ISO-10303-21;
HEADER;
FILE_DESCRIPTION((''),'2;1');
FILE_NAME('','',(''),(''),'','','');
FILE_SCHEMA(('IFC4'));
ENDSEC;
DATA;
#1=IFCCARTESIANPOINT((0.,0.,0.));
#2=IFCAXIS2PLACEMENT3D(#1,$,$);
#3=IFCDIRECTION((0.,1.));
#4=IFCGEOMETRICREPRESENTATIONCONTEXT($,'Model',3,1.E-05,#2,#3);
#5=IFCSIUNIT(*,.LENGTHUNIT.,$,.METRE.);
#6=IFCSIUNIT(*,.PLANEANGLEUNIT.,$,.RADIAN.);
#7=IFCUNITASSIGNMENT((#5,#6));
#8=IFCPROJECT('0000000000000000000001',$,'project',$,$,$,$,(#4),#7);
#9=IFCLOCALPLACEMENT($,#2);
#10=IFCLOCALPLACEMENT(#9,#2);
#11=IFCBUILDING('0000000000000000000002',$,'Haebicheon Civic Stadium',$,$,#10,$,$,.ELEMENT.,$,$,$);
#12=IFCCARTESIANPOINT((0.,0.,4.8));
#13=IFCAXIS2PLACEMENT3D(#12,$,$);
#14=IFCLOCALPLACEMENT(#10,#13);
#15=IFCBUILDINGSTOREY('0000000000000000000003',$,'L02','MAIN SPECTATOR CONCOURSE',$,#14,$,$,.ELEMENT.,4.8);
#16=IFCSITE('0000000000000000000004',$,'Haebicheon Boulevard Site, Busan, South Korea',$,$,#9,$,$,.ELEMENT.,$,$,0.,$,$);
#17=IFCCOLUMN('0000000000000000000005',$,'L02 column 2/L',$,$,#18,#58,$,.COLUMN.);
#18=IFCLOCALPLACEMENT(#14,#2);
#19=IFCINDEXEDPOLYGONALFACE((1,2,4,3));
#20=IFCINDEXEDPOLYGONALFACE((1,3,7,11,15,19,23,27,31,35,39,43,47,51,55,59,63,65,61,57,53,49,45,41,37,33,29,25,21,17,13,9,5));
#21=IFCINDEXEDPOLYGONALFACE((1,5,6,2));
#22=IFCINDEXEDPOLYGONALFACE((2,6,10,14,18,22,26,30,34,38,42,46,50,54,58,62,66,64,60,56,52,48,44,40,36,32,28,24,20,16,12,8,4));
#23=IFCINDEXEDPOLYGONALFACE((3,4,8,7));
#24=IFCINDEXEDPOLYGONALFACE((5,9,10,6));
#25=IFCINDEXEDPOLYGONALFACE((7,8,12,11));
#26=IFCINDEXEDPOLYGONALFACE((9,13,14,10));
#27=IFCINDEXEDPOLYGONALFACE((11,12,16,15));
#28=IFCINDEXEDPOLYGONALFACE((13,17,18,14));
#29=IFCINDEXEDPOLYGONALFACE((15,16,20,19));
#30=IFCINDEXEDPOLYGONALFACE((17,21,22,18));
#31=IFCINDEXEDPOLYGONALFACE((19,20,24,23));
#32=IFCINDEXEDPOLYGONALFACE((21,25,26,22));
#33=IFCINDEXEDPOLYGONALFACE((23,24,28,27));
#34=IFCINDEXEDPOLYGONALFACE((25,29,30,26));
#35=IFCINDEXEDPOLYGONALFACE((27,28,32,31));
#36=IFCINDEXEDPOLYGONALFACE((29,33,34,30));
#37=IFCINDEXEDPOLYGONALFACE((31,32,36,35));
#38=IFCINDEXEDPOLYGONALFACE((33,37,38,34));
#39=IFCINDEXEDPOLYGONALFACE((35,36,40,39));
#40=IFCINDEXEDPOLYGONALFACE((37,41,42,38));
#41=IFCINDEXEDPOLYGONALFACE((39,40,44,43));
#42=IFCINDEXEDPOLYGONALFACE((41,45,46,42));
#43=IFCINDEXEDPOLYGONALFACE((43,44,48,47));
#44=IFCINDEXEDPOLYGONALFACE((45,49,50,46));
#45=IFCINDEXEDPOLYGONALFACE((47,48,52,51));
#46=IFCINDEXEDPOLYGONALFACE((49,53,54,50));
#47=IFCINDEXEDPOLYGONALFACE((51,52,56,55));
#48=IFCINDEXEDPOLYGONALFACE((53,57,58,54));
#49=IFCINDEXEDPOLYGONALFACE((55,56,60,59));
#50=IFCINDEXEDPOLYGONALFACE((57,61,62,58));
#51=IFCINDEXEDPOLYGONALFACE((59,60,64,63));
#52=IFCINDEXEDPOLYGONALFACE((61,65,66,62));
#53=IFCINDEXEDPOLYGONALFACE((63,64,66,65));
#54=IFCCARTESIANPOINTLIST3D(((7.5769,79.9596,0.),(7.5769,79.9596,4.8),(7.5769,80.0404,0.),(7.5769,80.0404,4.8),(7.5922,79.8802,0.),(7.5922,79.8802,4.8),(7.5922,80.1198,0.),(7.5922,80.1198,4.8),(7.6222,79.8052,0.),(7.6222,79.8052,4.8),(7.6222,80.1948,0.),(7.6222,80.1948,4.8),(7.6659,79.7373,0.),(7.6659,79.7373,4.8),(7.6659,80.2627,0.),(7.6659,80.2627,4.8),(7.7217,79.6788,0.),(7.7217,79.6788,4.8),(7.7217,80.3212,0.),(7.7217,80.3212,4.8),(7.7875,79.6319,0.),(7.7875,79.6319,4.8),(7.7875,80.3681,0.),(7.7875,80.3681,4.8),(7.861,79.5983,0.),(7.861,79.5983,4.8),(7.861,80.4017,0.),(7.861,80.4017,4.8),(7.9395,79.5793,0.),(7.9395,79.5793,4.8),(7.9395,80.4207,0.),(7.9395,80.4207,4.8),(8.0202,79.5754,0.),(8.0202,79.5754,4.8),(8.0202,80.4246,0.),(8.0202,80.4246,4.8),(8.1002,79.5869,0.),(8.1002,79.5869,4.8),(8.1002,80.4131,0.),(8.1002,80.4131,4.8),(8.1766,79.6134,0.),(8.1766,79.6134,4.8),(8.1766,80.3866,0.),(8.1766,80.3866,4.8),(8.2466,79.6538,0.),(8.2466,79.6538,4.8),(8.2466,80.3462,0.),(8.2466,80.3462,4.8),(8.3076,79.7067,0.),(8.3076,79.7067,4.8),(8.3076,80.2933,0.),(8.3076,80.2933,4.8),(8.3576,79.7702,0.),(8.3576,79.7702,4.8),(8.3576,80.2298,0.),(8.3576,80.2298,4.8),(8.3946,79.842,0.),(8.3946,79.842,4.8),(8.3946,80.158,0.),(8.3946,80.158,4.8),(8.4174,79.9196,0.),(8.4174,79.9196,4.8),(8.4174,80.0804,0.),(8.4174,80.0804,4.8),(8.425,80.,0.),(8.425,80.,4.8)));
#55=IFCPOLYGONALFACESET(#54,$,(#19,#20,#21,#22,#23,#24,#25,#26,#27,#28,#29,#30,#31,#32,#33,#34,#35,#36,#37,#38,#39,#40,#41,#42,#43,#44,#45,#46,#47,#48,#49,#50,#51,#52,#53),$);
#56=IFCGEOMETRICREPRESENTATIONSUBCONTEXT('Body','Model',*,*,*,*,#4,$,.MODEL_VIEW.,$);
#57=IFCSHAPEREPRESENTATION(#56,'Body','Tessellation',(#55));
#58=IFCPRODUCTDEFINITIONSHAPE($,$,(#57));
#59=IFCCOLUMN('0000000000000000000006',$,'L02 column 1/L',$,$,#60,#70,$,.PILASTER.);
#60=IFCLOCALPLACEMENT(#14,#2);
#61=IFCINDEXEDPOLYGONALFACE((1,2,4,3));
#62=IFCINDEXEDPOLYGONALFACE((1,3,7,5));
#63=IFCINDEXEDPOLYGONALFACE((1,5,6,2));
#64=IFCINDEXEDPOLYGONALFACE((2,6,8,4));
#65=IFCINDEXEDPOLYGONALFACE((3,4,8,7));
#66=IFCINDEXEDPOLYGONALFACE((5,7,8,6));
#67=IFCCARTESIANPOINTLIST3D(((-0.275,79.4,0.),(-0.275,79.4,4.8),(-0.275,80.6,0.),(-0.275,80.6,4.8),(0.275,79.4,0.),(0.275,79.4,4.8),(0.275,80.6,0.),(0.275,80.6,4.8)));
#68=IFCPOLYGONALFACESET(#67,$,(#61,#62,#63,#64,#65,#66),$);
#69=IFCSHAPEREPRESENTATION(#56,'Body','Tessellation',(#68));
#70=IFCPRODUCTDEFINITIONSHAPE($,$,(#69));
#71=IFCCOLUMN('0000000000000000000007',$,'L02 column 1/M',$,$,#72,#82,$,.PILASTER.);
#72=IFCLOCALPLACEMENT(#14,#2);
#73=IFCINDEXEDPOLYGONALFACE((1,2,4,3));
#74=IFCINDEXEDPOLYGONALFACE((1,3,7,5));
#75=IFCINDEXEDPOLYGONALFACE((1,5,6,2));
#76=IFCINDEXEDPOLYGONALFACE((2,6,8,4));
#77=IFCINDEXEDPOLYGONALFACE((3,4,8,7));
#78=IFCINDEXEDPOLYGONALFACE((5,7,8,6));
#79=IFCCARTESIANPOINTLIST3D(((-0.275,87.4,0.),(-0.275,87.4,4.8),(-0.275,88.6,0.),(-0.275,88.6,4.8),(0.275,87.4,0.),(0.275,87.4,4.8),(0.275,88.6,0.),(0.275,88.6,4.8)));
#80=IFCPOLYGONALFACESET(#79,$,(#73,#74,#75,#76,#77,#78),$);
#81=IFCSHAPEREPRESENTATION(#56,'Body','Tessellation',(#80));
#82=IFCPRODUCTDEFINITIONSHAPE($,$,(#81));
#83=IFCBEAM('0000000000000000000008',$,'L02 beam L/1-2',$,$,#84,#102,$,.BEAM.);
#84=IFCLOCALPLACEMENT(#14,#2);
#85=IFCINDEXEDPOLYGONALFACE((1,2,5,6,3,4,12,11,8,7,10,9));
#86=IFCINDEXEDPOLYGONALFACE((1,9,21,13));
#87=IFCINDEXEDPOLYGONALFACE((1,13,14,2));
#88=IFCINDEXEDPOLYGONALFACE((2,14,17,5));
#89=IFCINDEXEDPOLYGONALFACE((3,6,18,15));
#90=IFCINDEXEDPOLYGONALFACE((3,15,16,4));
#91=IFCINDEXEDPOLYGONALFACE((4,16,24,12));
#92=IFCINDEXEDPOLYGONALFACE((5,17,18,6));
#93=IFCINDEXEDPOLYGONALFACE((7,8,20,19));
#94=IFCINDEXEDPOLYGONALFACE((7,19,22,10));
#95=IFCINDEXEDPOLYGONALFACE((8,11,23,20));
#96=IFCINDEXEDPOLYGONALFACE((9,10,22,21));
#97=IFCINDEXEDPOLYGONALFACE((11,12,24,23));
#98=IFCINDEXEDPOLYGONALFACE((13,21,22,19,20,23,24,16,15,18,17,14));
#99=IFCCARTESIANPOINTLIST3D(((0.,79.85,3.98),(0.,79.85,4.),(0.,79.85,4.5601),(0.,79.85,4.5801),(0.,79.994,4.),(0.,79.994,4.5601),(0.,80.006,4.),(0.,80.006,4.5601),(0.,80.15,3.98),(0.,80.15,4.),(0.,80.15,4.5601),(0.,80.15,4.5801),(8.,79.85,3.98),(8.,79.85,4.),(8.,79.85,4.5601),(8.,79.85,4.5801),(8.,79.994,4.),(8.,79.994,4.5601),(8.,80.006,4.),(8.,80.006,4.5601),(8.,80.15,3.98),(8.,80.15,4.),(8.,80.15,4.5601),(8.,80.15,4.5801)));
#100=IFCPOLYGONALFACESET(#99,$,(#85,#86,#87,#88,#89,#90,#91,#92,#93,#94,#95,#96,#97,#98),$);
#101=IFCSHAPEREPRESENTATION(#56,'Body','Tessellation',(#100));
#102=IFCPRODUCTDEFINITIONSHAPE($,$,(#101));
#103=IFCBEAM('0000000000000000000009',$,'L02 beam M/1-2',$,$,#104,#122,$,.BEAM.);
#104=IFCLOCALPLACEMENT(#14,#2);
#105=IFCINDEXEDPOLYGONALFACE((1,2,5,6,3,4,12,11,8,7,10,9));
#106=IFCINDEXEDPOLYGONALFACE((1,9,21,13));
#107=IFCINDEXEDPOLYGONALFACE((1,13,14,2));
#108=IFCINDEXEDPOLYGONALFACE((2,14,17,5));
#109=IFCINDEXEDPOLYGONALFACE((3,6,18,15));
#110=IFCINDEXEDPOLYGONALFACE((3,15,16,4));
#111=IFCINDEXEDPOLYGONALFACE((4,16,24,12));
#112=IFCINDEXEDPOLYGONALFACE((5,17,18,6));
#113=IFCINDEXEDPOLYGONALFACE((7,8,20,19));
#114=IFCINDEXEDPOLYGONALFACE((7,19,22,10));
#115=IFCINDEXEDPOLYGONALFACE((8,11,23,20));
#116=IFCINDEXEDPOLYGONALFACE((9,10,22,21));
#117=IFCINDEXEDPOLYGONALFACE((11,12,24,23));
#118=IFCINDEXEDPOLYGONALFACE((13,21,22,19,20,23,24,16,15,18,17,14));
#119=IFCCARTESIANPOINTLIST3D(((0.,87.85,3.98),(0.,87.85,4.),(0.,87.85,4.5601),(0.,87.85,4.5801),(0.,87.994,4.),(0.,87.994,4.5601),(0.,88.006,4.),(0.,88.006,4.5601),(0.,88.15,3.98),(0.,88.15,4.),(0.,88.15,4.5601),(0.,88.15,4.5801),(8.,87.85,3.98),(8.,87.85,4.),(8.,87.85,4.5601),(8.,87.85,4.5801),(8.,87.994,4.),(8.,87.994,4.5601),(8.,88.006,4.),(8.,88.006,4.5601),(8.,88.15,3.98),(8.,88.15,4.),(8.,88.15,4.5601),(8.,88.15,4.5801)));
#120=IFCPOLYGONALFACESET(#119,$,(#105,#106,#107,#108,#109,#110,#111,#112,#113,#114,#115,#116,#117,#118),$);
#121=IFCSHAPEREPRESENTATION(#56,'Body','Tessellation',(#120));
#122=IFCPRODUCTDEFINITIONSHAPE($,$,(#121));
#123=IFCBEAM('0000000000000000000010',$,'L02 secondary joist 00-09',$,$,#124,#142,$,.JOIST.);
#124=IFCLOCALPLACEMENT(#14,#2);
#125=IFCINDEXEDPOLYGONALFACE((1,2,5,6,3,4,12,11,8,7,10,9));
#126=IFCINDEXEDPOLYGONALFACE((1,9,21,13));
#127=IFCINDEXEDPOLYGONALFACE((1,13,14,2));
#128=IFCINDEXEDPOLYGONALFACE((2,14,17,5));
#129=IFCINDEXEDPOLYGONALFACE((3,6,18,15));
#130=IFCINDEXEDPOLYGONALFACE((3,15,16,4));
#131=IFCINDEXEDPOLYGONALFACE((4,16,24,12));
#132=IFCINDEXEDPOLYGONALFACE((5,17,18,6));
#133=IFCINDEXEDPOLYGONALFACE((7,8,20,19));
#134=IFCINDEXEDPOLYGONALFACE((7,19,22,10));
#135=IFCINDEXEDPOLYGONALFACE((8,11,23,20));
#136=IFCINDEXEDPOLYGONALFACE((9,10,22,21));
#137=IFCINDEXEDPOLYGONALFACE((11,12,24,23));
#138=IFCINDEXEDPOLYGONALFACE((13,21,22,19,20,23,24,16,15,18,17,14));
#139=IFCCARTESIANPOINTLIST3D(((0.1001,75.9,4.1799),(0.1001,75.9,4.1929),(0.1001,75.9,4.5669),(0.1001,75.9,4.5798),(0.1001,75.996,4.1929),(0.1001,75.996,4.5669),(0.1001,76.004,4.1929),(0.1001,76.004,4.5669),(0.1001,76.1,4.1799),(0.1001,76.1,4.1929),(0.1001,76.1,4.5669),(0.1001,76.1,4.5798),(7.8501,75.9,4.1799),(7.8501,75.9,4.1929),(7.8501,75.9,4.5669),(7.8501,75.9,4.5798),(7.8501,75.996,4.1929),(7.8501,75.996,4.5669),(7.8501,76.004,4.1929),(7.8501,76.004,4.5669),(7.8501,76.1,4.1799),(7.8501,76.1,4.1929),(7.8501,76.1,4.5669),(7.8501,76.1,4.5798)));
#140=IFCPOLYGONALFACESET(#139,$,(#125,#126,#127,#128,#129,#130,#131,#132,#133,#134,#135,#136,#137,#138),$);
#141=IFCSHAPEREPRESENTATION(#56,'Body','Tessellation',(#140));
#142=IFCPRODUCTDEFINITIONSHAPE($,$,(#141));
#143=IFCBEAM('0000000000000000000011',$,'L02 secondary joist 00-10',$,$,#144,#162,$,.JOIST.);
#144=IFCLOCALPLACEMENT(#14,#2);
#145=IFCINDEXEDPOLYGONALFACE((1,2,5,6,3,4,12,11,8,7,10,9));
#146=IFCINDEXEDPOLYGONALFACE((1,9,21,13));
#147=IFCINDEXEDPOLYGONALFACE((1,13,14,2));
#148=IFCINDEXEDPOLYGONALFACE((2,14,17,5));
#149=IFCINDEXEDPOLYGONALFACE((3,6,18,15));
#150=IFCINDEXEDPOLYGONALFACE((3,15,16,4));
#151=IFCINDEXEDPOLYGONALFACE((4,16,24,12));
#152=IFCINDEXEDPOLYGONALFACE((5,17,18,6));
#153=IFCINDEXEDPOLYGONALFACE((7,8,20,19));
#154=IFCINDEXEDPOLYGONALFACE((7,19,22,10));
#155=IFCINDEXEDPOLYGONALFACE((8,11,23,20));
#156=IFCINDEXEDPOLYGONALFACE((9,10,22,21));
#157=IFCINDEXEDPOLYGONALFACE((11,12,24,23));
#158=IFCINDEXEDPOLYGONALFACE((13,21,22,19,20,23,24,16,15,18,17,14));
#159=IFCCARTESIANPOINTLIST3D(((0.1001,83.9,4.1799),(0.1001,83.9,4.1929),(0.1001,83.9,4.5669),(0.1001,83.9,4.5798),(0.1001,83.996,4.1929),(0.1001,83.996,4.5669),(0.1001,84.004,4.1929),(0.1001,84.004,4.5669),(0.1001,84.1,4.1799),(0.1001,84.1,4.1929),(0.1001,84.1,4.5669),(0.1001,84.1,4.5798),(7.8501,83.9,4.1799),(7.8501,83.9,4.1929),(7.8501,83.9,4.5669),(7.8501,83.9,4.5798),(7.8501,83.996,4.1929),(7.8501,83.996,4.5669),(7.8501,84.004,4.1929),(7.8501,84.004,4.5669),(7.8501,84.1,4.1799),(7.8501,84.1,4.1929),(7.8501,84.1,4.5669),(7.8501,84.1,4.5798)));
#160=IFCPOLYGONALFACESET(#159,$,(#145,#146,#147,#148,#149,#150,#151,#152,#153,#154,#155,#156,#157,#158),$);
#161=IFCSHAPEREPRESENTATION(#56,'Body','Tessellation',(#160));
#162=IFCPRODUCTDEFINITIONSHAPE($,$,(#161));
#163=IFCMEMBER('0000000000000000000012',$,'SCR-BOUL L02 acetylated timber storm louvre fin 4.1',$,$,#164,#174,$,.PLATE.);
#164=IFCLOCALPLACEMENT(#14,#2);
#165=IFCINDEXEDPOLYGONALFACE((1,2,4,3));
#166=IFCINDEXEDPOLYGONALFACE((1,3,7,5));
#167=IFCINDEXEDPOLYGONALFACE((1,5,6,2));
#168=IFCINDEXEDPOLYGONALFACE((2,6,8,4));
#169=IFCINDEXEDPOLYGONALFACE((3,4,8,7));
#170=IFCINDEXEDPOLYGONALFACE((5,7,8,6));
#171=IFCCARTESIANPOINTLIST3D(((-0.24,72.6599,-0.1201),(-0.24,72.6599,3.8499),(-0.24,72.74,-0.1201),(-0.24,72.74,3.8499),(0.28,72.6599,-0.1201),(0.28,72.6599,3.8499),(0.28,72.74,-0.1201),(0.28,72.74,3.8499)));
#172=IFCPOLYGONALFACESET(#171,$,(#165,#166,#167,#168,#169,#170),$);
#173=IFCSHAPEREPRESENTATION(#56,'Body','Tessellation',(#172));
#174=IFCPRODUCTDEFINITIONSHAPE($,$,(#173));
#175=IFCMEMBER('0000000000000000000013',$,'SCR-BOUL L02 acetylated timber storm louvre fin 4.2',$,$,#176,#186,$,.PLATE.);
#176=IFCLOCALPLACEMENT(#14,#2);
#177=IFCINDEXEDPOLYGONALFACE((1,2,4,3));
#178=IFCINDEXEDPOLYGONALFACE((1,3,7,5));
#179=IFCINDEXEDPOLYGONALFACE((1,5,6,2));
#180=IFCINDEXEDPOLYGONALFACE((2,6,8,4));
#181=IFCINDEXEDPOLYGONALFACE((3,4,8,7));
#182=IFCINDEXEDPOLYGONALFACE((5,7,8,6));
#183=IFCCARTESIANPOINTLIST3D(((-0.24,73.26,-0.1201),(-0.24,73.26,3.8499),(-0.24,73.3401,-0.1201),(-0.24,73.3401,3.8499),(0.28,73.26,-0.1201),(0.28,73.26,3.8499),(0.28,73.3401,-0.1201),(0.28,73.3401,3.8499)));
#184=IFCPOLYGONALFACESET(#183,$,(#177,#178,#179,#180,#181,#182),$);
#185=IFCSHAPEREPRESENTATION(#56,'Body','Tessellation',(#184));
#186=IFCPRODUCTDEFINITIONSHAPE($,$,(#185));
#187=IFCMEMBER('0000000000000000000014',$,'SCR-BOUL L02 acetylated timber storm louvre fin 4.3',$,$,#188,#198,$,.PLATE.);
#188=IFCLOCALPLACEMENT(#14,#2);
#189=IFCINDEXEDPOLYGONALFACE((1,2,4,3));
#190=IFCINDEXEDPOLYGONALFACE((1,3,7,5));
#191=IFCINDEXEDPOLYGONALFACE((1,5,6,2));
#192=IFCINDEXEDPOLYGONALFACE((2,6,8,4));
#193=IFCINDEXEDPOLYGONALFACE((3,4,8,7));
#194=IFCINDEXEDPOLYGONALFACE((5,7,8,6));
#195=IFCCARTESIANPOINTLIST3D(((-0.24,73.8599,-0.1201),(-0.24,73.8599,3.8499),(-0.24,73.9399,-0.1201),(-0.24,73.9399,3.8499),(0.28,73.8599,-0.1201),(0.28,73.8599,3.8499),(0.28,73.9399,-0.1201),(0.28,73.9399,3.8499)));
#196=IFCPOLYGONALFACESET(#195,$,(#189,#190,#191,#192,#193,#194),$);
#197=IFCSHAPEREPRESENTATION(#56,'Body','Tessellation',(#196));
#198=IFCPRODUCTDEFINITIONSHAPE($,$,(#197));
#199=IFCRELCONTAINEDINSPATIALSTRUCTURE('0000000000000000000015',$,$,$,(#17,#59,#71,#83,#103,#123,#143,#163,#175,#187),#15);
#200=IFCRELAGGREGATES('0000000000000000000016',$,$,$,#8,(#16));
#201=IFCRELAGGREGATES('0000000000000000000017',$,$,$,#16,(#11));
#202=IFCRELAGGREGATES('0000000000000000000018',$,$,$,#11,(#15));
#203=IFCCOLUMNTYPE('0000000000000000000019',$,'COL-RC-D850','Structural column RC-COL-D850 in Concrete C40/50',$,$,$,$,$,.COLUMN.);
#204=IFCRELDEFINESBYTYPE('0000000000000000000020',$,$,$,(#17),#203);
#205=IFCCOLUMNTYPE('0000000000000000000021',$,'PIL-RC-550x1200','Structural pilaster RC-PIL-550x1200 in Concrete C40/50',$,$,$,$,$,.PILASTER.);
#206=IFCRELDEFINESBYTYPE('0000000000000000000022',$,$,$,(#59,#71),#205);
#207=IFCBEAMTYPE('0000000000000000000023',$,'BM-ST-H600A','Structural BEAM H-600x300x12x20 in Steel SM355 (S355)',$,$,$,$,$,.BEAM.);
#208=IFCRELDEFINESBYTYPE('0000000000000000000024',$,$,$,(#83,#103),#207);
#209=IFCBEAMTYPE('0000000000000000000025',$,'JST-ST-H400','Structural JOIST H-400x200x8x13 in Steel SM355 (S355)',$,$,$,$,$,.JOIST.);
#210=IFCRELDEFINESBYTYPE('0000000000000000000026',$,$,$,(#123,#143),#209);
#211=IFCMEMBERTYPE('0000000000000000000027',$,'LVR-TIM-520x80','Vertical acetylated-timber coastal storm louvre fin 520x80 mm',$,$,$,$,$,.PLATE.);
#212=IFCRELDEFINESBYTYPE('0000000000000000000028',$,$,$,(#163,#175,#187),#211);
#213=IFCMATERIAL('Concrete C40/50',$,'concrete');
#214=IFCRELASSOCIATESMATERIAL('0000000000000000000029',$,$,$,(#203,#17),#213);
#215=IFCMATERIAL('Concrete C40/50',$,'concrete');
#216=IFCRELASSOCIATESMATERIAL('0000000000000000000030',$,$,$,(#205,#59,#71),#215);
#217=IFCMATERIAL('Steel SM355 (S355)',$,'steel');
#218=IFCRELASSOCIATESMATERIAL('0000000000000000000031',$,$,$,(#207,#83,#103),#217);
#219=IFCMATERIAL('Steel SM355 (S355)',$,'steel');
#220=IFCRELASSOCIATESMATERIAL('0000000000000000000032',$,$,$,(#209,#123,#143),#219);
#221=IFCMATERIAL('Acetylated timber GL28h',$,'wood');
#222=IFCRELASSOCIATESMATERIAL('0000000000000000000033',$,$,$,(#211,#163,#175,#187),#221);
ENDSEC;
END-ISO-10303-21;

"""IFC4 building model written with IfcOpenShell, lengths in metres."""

from ifc_helpers import new_model, si_unit, direction, frame, origin, origin_2d, place, context, subcontext, project, spatial, rectangle, circle, i_section, extrude, material, material_profile, profile_set, type_object, element, save


model = new_model("IFC4")

# Units and contexts
model_context = context("Model", 3, precision=1e-05, world=origin(), true_north=direction((0.0, 1.0)))
body_context = subcontext(model_context, "Body", "Model", "MODEL_VIEW")
ifc_project = project(units=[si_unit("LENGTHUNIT", "METRE"), si_unit("PLANEANGLEUNIT", "RADIAN")], contexts=[model_context])

# Site, building, storey
site_placement = place(None, origin())
site = spatial("IfcSite", under=ifc_project, at=site_placement, Name="Haebicheon Boulevard Site, Busan, South Korea", CompositionType="ELEMENT", RefElevation=0.0)
building_placement = place(site_placement, origin())
building = spatial("IfcBuilding", under=site, at=building_placement, Name="Haebicheon Civic Stadium", CompositionType="ELEMENT")
storey_placement = place(building_placement, frame((0.0, 0.0, 4.8)))
storey = spatial("IfcBuildingStorey", under=building, at=storey_placement, Name="L02", Description="MAIN SPECTATOR CONCOURSE", CompositionType="ELEMENT", Elevation=4.8)

# Columns
ifc_material_1 = material(Name="Concrete C40/50", Category="concrete")
ifc_material_profile_1 = material_profile(ifc_material_1, circle(Radius=0.425, at=origin_2d()), Name="RC-COL-D850")
ifc_profile_set_1 = profile_set([ifc_material_profile_1], Name="Concrete C40/50")
column_type_1 = type_object("IfcColumnType", Name="COL-RC-D850", Description="Structural column RC-COL-D850 in Concrete C40/50", PredefinedType="COLUMN", material=ifc_profile_set_1)
column_placement = place(storey_placement, frame((8.0, 80.0, 0.0), z_axis=(0.0, 0.0, 1.0), x_axis=(1.0, 0.0, 0.0)))
element("IfcColumn", 1, at=column_placement, inside=storey, type_object=column_type_1, material=ifc_profile_set_1, Name="L02 column 2/L", PredefinedType="COLUMN", context=body_context, shape_type="SweptSolid", body=[
    extrude(circle(Radius=0.425, at=origin_2d()), origin(), (0.0, 0.0, 1.0), 4.8),
])
ifc_material_2 = material(Name="Concrete C40/50", Category="concrete")
ifc_material_profile_2 = material_profile(ifc_material_2, rectangle(XDim=0.55, YDim=1.2, at=origin_2d()), Name="RC-PIL-550x1200")
ifc_profile_set_2 = profile_set([ifc_material_profile_2], Name="Concrete C40/50")
column_type_2 = type_object("IfcColumnType", Name="PIL-RC-550x1200", Description="Structural pilaster RC-PIL-550x1200 in Concrete C40/50", PredefinedType="PILASTER", material=ifc_profile_set_2)
for number, where, z_axis, x_axis, name in (
    (2, (0.0, 80.0, 0.0), (0.0, 0.0, 1.0), (1.0, 0.0, 0.0), "L02 column 1/L"),
    (3, (0.0, 88.0, 0.0), (0.0, 0.0, 1.0), (1.0, 0.0, 0.0), "L02 column 1/M"),
):
    element("IfcColumn", number, at=place(storey_placement, frame(where, z_axis=z_axis, x_axis=x_axis)), inside=storey, type_object=column_type_2, material=ifc_profile_set_2, Name=name, PredefinedType="PILASTER", context=body_context, shape_type="SweptSolid", body=[
        extrude(rectangle(XDim=0.55, YDim=1.2, at=origin_2d()), origin(), (0.0, 0.0, 1.0), 4.8),
    ])

# Beams
ifc_material_3 = material(Name="Steel SM355 (S355)", Category="steel")
ifc_material_profile_3 = material_profile(ifc_material_3, i_section(OverallWidth=0.3, OverallDepth=0.6001, WebThickness=0.012, FlangeThickness=0.02, at=origin_2d()), Name="H-600x300x12x20")
ifc_profile_set_3 = profile_set([ifc_material_profile_3], Name="Steel SM355 (S355)")
beam_type_1 = type_object("IfcBeamType", Name="BM-ST-H600A", Description="Structural BEAM H-600x300x12x20 in Steel SM355 (S355)", PredefinedType="BEAM", material=ifc_profile_set_3)
for number, where, z_axis, x_axis, name in (
    (4, (0.0, 80.0, 4.28), (1.0, 0.0, 0.0), (0.0, 1.0, 0.0), "L02 beam L/1-2"),
    (5, (0.0, 88.0, 4.28), (1.0, 0.0, 0.0), (0.0, 1.0, 0.0), "L02 beam M/1-2"),
):
    element("IfcBeam", number, at=place(storey_placement, frame(where, z_axis=z_axis, x_axis=x_axis)), inside=storey, type_object=beam_type_1, material=ifc_profile_set_3, Name=name, PredefinedType="BEAM", context=body_context, shape_type="SweptSolid", body=[
        extrude(i_section(OverallWidth=0.3, OverallDepth=0.6001, WebThickness=0.012, FlangeThickness=0.02, at=origin_2d()), origin(), (0.0, 0.0, 1.0), 8.0),
    ])
ifc_material_4 = material(Name="Steel SM355 (S355)", Category="steel")
ifc_material_profile_4 = material_profile(ifc_material_4, i_section(OverallWidth=0.2, OverallDepth=0.3999, WebThickness=0.0081, FlangeThickness=0.0129, at=origin_2d()), Name="H-400x200x8x13")
ifc_profile_set_4 = profile_set([ifc_material_profile_4], Name="Steel SM355 (S355)")
beam_type_2 = type_object("IfcBeamType", Name="JST-ST-H400", Description="Structural JOIST H-400x200x8x13 in Steel SM355 (S355)", PredefinedType="JOIST", material=ifc_profile_set_4)
for number, where, z_axis, x_axis, name in (
    (6, (0.1001, 76.0, 4.3799), (1.0, 0.0, 0.0), (0.0, 1.0, 0.0), "L02 secondary joist 00-09"),
    (7, (0.1001, 84.0, 4.3799), (1.0, 0.0, 0.0), (0.0, 1.0, 0.0), "L02 secondary joist 00-10"),
):
    element("IfcBeam", number, at=place(storey_placement, frame(where, z_axis=z_axis, x_axis=x_axis)), inside=storey, type_object=beam_type_2, material=ifc_profile_set_4, Name=name, PredefinedType="JOIST", context=body_context, shape_type="SweptSolid", body=[
        extrude(i_section(OverallWidth=0.2, OverallDepth=0.3999, WebThickness=0.0081, FlangeThickness=0.0129, at=origin_2d()), origin(), (0.0, 0.0, 1.0), 7.75),
    ])

# Members
ifc_material_5 = material(Name="Acetylated timber GL28h", Category="wood")
ifc_material_profile_5 = material_profile(ifc_material_5, rectangle(XDim=0.0801, YDim=0.52, at=origin_2d()), Name="TMB-LOUV-80x520")
ifc_profile_set_5 = profile_set([ifc_material_profile_5], Name="Acetylated timber GL28h")
member_type_1 = type_object("IfcMemberType", Name="LVR-TIM-520x80", Description="Vertical acetylated-timber coastal storm louvre fin 520x80 mm", PredefinedType="PLATE", material=ifc_profile_set_5)
for number, where, z_axis, x_axis, name in (
    (8, (0.02, 72.7, -0.1201), (0.0, 0.0, 1.0), (0.0, 1.0, 0.0), "SCR-BOUL L02 acetylated timber storm louvre fin 4.1"),
    (9, (0.02, 73.3, -0.1201), (0.0, 0.0, 1.0), (0.0, 1.0, 0.0), "SCR-BOUL L02 acetylated timber storm louvre fin 4.2"),
    (10, (0.02, 73.8999, -0.1201), (0.0, 0.0, 1.0), (0.0, 1.0, 0.0), "SCR-BOUL L02 acetylated timber storm louvre fin 4.3"),
):
    element("IfcMember", number, at=place(storey_placement, frame(where, z_axis=z_axis, x_axis=x_axis)), inside=storey, type_object=member_type_1, material=ifc_profile_set_5, Name=name, PredefinedType="PLATE", context=body_context, shape_type="SweptSolid", body=[
        extrude(rectangle(XDim=0.0801, YDim=0.52, at=origin_2d()), origin(), (0.0, 0.0, 1.0), 3.97),
    ])

save(model, "model.ifc")
